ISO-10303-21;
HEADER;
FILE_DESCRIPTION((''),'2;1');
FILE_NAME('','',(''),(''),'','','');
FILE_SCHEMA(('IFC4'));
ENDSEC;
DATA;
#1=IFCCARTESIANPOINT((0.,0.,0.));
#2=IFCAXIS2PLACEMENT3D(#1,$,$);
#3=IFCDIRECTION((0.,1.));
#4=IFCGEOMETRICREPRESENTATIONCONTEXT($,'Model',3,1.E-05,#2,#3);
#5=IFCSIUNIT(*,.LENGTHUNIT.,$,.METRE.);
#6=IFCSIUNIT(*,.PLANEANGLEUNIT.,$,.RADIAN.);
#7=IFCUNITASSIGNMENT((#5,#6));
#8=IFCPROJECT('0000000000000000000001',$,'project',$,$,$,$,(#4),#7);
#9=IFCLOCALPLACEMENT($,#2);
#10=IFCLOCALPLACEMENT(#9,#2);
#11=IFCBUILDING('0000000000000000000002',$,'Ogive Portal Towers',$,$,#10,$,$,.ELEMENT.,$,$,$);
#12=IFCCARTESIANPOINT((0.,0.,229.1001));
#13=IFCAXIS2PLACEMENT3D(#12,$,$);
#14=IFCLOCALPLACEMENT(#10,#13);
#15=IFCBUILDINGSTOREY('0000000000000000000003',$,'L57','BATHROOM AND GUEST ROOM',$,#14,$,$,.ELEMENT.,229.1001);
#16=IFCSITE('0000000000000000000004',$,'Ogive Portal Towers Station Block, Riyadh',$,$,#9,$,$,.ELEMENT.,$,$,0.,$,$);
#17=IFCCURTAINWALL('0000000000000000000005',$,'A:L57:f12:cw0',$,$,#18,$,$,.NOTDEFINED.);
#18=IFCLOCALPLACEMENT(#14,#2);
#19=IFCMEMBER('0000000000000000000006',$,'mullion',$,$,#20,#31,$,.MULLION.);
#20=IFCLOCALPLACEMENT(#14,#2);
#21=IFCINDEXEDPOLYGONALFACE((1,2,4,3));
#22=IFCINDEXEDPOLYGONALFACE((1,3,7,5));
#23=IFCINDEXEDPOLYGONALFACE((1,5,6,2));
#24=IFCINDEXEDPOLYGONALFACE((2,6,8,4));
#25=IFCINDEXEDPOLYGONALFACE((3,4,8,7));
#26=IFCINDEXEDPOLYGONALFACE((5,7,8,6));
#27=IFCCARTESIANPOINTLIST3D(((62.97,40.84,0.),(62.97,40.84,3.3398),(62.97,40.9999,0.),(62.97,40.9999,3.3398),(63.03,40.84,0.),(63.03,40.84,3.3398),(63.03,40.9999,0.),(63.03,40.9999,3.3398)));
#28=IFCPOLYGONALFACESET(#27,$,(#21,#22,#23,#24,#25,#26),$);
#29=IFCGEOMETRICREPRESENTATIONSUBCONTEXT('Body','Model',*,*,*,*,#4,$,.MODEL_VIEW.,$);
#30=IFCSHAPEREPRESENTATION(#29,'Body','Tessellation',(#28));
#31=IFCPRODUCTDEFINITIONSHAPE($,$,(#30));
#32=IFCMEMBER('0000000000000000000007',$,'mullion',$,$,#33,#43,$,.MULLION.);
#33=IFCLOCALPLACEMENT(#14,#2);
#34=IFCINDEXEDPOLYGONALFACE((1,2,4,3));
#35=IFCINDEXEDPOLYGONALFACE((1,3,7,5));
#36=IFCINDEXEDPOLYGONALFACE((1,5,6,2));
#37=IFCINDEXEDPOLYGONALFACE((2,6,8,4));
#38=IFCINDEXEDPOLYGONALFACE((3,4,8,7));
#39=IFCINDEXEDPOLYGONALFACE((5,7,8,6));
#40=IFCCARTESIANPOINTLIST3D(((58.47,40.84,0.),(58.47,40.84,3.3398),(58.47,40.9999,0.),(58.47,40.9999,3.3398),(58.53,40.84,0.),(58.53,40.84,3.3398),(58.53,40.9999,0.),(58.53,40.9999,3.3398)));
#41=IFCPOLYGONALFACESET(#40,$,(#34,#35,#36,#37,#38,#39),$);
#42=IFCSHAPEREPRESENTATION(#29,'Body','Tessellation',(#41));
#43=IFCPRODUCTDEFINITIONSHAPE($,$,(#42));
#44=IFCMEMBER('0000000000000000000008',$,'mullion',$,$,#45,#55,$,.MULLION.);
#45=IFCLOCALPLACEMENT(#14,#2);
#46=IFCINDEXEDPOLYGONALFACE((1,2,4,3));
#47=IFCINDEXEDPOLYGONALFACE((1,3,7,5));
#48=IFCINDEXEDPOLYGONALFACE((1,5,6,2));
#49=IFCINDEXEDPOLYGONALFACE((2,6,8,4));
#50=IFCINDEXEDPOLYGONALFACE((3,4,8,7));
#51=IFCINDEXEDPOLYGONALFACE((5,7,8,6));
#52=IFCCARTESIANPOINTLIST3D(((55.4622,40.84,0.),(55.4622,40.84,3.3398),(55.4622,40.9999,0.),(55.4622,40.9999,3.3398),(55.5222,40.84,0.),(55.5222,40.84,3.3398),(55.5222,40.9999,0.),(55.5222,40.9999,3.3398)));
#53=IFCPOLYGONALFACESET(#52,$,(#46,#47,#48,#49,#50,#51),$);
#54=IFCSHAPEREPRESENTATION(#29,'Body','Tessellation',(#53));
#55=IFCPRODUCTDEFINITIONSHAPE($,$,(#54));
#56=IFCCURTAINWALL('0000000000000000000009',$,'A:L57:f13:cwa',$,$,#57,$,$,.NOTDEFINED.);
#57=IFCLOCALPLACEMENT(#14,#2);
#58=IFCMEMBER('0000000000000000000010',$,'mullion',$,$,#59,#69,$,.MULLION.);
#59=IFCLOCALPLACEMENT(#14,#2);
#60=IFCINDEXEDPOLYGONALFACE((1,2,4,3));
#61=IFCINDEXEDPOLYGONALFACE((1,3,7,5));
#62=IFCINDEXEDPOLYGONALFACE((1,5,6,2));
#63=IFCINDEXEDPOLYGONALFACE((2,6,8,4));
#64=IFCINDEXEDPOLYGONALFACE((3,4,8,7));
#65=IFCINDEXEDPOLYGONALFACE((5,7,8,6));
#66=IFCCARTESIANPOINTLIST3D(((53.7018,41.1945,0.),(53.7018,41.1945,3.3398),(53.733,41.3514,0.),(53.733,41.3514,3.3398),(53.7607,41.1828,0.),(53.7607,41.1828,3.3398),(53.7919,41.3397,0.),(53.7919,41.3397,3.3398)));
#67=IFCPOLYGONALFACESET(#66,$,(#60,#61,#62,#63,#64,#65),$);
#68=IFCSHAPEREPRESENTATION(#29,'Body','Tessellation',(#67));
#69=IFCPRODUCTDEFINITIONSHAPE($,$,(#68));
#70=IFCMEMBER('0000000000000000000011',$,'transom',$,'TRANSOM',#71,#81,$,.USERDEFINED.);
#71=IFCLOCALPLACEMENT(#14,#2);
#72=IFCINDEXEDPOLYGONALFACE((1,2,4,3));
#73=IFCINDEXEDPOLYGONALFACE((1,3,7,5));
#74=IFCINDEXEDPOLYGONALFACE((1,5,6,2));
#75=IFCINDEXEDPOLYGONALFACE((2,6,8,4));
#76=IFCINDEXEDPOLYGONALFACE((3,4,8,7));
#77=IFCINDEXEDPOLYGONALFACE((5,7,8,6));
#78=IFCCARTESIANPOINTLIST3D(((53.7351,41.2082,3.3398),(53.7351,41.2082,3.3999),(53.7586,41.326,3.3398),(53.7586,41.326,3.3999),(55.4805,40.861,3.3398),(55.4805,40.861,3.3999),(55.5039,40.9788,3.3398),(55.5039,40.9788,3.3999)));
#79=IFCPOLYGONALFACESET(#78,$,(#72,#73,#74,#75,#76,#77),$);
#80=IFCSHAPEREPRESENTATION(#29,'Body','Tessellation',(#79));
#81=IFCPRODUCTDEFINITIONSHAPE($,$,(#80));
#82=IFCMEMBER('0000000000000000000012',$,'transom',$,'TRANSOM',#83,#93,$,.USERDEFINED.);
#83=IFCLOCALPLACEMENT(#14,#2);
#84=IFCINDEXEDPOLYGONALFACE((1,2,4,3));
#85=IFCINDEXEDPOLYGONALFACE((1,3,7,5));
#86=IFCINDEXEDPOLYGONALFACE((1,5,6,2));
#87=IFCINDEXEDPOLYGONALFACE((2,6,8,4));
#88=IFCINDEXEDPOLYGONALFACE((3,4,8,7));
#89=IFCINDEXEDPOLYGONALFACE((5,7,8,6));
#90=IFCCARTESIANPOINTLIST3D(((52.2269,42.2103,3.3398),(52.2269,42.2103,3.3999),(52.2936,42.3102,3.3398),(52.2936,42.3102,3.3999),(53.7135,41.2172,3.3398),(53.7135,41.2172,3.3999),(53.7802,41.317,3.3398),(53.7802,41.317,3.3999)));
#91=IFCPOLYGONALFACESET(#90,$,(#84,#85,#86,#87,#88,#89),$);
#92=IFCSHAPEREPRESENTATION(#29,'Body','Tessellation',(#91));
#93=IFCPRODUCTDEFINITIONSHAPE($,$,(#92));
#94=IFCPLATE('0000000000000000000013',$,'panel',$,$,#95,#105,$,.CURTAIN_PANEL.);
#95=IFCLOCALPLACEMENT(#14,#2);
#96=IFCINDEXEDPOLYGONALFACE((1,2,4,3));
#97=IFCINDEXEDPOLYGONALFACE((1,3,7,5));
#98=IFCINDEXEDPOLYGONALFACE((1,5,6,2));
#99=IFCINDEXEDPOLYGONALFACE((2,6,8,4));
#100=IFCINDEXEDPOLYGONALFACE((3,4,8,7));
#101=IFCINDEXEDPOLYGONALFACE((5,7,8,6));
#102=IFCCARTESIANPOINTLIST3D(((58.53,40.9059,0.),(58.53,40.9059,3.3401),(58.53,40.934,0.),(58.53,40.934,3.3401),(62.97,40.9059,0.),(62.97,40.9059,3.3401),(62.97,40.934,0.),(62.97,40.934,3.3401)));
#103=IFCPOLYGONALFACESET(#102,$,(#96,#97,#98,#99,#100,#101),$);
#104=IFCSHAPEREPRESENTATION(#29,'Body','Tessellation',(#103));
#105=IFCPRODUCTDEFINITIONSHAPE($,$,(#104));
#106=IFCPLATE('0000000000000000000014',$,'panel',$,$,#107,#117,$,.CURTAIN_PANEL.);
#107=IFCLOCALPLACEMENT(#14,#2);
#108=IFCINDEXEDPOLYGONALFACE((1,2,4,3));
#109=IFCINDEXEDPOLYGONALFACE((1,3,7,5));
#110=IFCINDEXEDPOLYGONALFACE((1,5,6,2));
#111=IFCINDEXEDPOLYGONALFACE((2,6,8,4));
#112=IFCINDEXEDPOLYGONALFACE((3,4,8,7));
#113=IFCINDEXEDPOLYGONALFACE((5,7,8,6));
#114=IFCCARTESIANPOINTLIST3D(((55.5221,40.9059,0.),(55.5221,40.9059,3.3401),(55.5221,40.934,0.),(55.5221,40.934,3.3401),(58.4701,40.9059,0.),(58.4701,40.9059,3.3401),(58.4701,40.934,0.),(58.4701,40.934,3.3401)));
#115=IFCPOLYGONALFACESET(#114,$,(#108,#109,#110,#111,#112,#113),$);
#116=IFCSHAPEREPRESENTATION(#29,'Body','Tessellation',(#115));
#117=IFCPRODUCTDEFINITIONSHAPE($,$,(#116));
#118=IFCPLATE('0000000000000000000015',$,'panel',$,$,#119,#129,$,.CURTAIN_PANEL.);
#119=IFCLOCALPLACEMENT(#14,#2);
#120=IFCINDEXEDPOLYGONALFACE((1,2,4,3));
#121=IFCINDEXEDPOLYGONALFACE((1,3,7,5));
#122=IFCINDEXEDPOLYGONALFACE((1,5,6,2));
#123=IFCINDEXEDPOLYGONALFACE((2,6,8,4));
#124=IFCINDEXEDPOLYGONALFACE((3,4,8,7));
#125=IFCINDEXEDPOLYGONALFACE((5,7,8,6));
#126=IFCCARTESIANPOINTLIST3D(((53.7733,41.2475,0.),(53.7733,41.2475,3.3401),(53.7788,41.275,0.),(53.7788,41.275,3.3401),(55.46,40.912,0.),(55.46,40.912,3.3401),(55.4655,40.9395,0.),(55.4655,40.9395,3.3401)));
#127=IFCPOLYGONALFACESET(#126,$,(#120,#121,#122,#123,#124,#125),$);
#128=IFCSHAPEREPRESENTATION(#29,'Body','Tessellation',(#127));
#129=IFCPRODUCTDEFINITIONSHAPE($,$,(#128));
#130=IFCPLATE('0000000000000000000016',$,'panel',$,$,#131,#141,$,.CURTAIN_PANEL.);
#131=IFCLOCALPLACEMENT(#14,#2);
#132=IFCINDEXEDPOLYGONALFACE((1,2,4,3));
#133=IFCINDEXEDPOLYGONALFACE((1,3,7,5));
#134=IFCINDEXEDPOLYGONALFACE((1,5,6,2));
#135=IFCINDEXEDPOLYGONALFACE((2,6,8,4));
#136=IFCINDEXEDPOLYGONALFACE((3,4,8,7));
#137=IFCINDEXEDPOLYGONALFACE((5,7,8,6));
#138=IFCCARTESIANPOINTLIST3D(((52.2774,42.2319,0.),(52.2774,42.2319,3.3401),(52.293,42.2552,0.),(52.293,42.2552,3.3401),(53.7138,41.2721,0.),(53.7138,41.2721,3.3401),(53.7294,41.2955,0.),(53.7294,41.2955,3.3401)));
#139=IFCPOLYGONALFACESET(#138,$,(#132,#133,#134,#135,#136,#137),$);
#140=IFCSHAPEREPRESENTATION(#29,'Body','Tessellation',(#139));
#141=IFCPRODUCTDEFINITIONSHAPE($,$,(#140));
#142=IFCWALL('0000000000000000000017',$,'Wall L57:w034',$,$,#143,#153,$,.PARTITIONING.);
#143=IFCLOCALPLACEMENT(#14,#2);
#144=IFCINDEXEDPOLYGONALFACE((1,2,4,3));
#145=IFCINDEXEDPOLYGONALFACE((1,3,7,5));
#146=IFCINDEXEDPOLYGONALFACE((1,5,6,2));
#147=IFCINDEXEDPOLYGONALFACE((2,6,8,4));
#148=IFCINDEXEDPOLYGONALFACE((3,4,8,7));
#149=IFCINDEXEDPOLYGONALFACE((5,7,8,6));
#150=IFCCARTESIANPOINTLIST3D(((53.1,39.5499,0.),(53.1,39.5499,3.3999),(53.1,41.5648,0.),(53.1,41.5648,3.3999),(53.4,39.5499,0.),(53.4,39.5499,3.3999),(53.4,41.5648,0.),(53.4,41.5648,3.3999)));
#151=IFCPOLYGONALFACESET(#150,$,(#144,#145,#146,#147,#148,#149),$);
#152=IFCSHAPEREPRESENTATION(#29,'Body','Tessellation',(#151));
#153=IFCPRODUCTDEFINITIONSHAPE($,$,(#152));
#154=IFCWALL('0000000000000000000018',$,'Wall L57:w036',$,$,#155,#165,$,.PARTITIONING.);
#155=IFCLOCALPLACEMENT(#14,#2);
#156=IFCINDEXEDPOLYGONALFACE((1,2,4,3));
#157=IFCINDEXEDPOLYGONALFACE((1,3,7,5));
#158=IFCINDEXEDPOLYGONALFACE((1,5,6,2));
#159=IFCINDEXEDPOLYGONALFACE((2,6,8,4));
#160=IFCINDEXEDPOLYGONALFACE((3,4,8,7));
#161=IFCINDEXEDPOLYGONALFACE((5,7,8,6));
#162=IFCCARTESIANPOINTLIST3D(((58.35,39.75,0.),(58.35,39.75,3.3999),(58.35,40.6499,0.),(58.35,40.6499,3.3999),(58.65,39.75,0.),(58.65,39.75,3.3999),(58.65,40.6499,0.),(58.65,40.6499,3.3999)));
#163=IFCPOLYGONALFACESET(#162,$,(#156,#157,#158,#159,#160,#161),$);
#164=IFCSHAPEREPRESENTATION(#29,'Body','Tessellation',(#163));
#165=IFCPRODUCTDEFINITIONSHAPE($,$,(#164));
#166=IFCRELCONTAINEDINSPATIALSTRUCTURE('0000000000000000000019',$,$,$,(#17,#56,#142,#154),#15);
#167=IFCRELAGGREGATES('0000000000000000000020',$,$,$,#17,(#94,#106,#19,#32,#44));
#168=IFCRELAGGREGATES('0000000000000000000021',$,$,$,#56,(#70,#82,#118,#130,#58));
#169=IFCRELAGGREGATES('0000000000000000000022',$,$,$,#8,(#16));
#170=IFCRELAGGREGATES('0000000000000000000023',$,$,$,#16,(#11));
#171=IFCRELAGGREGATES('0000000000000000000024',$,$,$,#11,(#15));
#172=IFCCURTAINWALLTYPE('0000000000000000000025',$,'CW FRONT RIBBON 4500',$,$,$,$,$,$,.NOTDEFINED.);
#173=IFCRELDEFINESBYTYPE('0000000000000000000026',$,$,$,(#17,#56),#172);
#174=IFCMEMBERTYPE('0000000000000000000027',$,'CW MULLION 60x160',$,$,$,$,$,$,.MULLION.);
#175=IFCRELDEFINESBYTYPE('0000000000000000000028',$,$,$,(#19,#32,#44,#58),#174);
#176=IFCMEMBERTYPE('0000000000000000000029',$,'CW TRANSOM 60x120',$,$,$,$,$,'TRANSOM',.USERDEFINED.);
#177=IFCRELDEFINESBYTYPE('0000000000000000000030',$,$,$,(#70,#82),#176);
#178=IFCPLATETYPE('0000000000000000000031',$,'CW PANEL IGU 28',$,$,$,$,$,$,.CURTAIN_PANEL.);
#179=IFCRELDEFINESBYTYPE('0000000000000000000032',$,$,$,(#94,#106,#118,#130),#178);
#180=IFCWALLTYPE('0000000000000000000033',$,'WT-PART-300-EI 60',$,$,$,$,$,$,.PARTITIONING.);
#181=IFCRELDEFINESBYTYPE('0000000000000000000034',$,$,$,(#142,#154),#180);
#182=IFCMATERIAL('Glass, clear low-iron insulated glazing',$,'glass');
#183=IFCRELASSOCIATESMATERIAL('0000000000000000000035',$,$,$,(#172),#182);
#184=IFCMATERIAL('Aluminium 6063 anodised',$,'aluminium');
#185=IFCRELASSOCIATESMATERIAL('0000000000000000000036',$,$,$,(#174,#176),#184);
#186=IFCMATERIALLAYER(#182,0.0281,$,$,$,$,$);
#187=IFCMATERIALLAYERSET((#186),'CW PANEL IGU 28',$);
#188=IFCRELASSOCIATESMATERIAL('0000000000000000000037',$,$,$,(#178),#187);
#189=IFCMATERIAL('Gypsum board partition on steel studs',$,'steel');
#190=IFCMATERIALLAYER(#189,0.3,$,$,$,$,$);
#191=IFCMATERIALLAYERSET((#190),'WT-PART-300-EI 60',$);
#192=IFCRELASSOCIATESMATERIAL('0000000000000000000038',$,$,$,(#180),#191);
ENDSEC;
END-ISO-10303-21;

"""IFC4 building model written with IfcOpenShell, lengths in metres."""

from ifc_helpers import new_model, si_unit, direction, frame, frame_2d, origin, origin_2d, place, context, subcontext, project, spatial, rectangle, extrude, material, layer, layer_set, material_profile, profile_set, type_object, element, aggregate, save


model = new_model("IFC4")

# Units and contexts
model_context = context("Model", 3, precision=1e-05, world=origin(), true_north=direction((0.0, 1.0)))
body_context = subcontext(model_context, "Body", "Model", "MODEL_VIEW")
ifc_project = project(units=[si_unit("LENGTHUNIT", "METRE"), si_unit("PLANEANGLEUNIT", "RADIAN")], contexts=[model_context])

# Site, building, storey
site_placement = place(None, origin())
site = spatial("IfcSite", under=ifc_project, at=site_placement, Name="Ogive Portal Towers Station Block, Riyadh", CompositionType="ELEMENT", RefElevation=0.0)
building_placement = place(site_placement, origin())
building = spatial("IfcBuilding", under=site, at=building_placement, Name="Ogive Portal Towers", CompositionType="ELEMENT")
storey_placement = place(building_placement, frame((0.0, 0.0, 229.1001)))
storey = spatial("IfcBuildingStorey", under=building, at=storey_placement, Name="L57", Description="BATHROOM AND GUEST ROOM", CompositionType="ELEMENT", Elevation=229.1001)

# Curtain walls, members
ifc_material_1 = material(Name="Glass, clear low-iron insulated glazing", Category="glass")
curtain_wall_type = type_object("IfcCurtainWallType", Name="CW FRONT RIBBON 4500", PredefinedType="NOTDEFINED", material=ifc_material_1)
curtain_wall_1_placement = place(storey_placement, origin())
curtain_wall_1 = element("IfcCurtainWall", 1, at=curtain_wall_1_placement, inside=storey, type_object=curtain_wall_type, Name="A:L57:f12:cw0", PredefinedType="NOTDEFINED")
ifc_material_2 = material(Name="Aluminium 6063 anodised", Category="aluminium")
ifc_material_profile_1 = material_profile(ifc_material_2, rectangle(XDim=0.1599, YDim=0.0601, at=origin_2d()), Name="AL 60x160")
ifc_profile_set_1 = profile_set([ifc_material_profile_1], Name="Aluminium 6063 anodised")
member_type_1 = type_object("IfcMemberType", Name="CW MULLION 60x160", PredefinedType="MULLION", material=ifc_profile_set_1)
member_1_placement = place(storey_placement, frame((63.0, 40.9199, 0.0), z_axis=(0.0, 0.0, 1.0), x_axis=(0.0, -1.0, 0.0)))
member_1 = element("IfcMember", 2, at=member_1_placement, type_object=member_type_1, Name="mullion", PredefinedType="MULLION", context=body_context, shape_type="SweptSolid", body=[
    extrude(rectangle(XDim=0.1599, YDim=0.0601, at=origin_2d()), origin(), (0.0, 0.0, 1.0), 3.3398),
])
member_2_placement = place(storey_placement, frame((58.5, 40.9199, 0.0), z_axis=(0.0, 0.0, 1.0), x_axis=(0.0, -1.0, 0.0)))
member_2 = element("IfcMember", 3, at=member_2_placement, type_object=member_type_1, Name="mullion", PredefinedType="MULLION", context=body_context, shape_type="SweptSolid", body=[
    extrude(rectangle(XDim=0.1599, YDim=0.0601, at=origin_2d()), origin(), (0.0, 0.0, 1.0), 3.3398),
])
member_3_placement = place(storey_placement, frame((55.4922, 40.9199, 0.0), z_axis=(0.0, 0.0, 1.0), x_axis=(0.0, -1.0, 0.0)))
member_3 = element("IfcMember", 4, at=member_3_placement, type_object=member_type_1, Name="mullion", PredefinedType="MULLION", context=body_context, shape_type="SweptSolid", body=[
    extrude(rectangle(XDim=0.1599, YDim=0.0601, at=origin_2d()), origin(), (0.0, 0.0, 1.0), 3.3398),
])
curtain_wall_2_placement = place(storey_placement, origin())
curtain_wall_2 = element("IfcCurtainWall", 5, at=curtain_wall_2_placement, inside=storey, type_object=curtain_wall_type, Name="A:L57:f13:cwa", PredefinedType="NOTDEFINED")
member_4_placement = place(storey_placement, frame((53.7468, 41.2671, 0.0), z_axis=(0.0, 0.0, 1.0), x_axis=(-0.19509, -0.980785, 0.0)))
member_4 = element("IfcMember", 6, at=member_4_placement, type_object=member_type_1, Name="mullion", PredefinedType="MULLION", context=body_context, shape_type="SweptSolid", body=[
    extrude(rectangle(XDim=0.1599, YDim=0.0601, at=origin_2d()), origin(), (0.0, 0.0, 1.0), 3.3398),
])
ifc_material_profile_2 = material_profile(ifc_material_2, rectangle(XDim=0.1201, YDim=0.0601, at=origin_2d()), Name="AL 120x60")
ifc_profile_set_2 = profile_set([ifc_material_profile_2], Name="Aluminium 6063 anodised")
member_type_2 = type_object("IfcMemberType", Name="CW TRANSOM 60x120", ElementType="TRANSOM", PredefinedType="USERDEFINED", material=ifc_profile_set_2)
member_5_placement = place(storey_placement, frame((55.4922, 40.9199, 3.3699), z_axis=(-0.980786, 0.195087, 0.0), x_axis=(-0.195087, -0.980786, 0.0)))
member_5 = element("IfcMember", 7, at=member_5_placement, type_object=member_type_2, Name="transom", ObjectType="TRANSOM", PredefinedType="USERDEFINED", context=body_context, shape_type="SweptSolid", body=[
    extrude(rectangle(XDim=0.1201, YDim=0.0601, at=origin_2d()), origin(), (0.0, 0.0, 1.0), 1.7795),
])
member_6_placement = place(storey_placement, frame((53.7468, 41.2671, 3.3699), z_axis=(-0.831504, 0.555519, 0.0), x_axis=(-0.555519, -0.831504, 0.0)))
member_6 = element("IfcMember", 8, at=member_6_placement, type_object=member_type_2, Name="transom", ObjectType="TRANSOM", PredefinedType="USERDEFINED", context=body_context, shape_type="SweptSolid", body=[
    extrude(rectangle(XDim=0.1201, YDim=0.0601, at=origin_2d()), origin(), (0.0, 0.0, 1.0), 1.7878),
])

# Plates
ifc_layer_1 = layer(ifc_material_1, 0.0281)
ifc_layer_set_1 = layer_set([ifc_layer_1], Name="CW PANEL IGU 28")
plate_type = type_object("IfcPlateType", Name="CW PANEL IGU 28", PredefinedType="CURTAIN_PANEL", material=ifc_layer_set_1)
plate_1_placement = place(storey_placement, frame((60.75, 40.9199, 0.0), z_axis=(0.0, 0.0, 1.0), x_axis=(-1.0, 0.0, 0.0)))
plate_1 = element("IfcPlate", 9, at=plate_1_placement, type_object=plate_type, Name="panel", PredefinedType="CURTAIN_PANEL", context=body_context, shape_type="SweptSolid", body=[
    extrude(rectangle(XDim=4.4399, YDim=0.0281, at=origin_2d()), origin(), (0.0, 0.0, 1.0), 3.3401),
])
plate_2_placement = place(storey_placement, frame((56.9961, 40.9199, 0.0), z_axis=(0.0, 0.0, 1.0), x_axis=(-1.0, 0.0, 0.0)))
plate_2 = element("IfcPlate", 10, at=plate_2_placement, type_object=plate_type, Name="panel", PredefinedType="CURTAIN_PANEL", context=body_context, shape_type="SweptSolid", body=[
    extrude(rectangle(XDim=2.948, YDim=0.0281, at=origin_2d()), origin(), (0.0, 0.0, 1.0), 3.3401),
])
aggregate(curtain_wall_1, [plate_1, plate_2, member_1, member_2, member_3])
plate_3_placement = place(storey_placement, frame((54.6194, 41.0935, 0.0), z_axis=(0.0, 0.0, 1.0), x_axis=(-0.980785, 0.19509, 0.0)))
plate_3 = element("IfcPlate", 11, at=plate_3_placement, type_object=plate_type, Name="panel", PredefinedType="CURTAIN_PANEL", context=body_context, shape_type="SweptSolid", body=[
    extrude(rectangle(XDim=1.7197, YDim=0.0281, at=origin_2d()), origin(), (0.0, 0.0, 1.0), 3.3401),
])
plate_4_placement = place(storey_placement, frame((53.0034, 41.7637, 0.0), z_axis=(0.0, 0.0, 1.0), x_axis=(-0.83147, 0.55557, 0.0)))
plate_4 = element("IfcPlate", 12, at=plate_4_placement, type_object=plate_type, Name="panel", PredefinedType="CURTAIN_PANEL", context=body_context, shape_type="SweptSolid", body=[
    extrude(rectangle(XDim=1.7275, YDim=0.0281, at=origin_2d()), origin(), (0.0, 0.0, 1.0), 3.3401),
])
aggregate(curtain_wall_2, [member_5, member_6, plate_3, plate_4, member_4])

# Walls
ifc_material_3 = material(Name="Gypsum board partition on steel studs", Category="steel")
ifc_layer_2 = layer(ifc_material_3, 0.3)
ifc_layer_set_2 = layer_set([ifc_layer_2], Name="WT-PART-300-EI 60")
wall_type = type_object("IfcWallType", Name="WT-PART-300-EI 60", PredefinedType="PARTITIONING", material=ifc_layer_set_2)
wall_1_placement = place(storey_placement, frame((53.25, 39.55, 0.0), z_axis=(0.0, 0.0, 1.0), x_axis=(0.0, 1.0, 0.0)))
element("IfcWall", 13, at=wall_1_placement, inside=storey, type_object=wall_type, Name="Wall L57:w034", PredefinedType="PARTITIONING", context=body_context, shape_type="SweptSolid", body=[
    extrude(rectangle(XDim=2.0149, YDim=0.3, at=frame_2d((1.0073, 0.0))), origin(), (0.0, 0.0, 1.0), 3.3999),
])
wall_2_placement = place(storey_placement, frame((58.5, 39.75, 0.0), z_axis=(0.0, 0.0, 1.0), x_axis=(0.0, 1.0, 0.0)))
element("IfcWall", 14, at=wall_2_placement, inside=storey, type_object=wall_type, Name="Wall L57:w036", PredefinedType="PARTITIONING", context=body_context, shape_type="SweptSolid", body=[
    extrude(rectangle(XDim=0.8999, YDim=0.3, at=frame_2d((0.45, 0.0))), origin(), (0.0, 0.0, 1.0), 3.3999),
])

save(model, "model.ifc")
